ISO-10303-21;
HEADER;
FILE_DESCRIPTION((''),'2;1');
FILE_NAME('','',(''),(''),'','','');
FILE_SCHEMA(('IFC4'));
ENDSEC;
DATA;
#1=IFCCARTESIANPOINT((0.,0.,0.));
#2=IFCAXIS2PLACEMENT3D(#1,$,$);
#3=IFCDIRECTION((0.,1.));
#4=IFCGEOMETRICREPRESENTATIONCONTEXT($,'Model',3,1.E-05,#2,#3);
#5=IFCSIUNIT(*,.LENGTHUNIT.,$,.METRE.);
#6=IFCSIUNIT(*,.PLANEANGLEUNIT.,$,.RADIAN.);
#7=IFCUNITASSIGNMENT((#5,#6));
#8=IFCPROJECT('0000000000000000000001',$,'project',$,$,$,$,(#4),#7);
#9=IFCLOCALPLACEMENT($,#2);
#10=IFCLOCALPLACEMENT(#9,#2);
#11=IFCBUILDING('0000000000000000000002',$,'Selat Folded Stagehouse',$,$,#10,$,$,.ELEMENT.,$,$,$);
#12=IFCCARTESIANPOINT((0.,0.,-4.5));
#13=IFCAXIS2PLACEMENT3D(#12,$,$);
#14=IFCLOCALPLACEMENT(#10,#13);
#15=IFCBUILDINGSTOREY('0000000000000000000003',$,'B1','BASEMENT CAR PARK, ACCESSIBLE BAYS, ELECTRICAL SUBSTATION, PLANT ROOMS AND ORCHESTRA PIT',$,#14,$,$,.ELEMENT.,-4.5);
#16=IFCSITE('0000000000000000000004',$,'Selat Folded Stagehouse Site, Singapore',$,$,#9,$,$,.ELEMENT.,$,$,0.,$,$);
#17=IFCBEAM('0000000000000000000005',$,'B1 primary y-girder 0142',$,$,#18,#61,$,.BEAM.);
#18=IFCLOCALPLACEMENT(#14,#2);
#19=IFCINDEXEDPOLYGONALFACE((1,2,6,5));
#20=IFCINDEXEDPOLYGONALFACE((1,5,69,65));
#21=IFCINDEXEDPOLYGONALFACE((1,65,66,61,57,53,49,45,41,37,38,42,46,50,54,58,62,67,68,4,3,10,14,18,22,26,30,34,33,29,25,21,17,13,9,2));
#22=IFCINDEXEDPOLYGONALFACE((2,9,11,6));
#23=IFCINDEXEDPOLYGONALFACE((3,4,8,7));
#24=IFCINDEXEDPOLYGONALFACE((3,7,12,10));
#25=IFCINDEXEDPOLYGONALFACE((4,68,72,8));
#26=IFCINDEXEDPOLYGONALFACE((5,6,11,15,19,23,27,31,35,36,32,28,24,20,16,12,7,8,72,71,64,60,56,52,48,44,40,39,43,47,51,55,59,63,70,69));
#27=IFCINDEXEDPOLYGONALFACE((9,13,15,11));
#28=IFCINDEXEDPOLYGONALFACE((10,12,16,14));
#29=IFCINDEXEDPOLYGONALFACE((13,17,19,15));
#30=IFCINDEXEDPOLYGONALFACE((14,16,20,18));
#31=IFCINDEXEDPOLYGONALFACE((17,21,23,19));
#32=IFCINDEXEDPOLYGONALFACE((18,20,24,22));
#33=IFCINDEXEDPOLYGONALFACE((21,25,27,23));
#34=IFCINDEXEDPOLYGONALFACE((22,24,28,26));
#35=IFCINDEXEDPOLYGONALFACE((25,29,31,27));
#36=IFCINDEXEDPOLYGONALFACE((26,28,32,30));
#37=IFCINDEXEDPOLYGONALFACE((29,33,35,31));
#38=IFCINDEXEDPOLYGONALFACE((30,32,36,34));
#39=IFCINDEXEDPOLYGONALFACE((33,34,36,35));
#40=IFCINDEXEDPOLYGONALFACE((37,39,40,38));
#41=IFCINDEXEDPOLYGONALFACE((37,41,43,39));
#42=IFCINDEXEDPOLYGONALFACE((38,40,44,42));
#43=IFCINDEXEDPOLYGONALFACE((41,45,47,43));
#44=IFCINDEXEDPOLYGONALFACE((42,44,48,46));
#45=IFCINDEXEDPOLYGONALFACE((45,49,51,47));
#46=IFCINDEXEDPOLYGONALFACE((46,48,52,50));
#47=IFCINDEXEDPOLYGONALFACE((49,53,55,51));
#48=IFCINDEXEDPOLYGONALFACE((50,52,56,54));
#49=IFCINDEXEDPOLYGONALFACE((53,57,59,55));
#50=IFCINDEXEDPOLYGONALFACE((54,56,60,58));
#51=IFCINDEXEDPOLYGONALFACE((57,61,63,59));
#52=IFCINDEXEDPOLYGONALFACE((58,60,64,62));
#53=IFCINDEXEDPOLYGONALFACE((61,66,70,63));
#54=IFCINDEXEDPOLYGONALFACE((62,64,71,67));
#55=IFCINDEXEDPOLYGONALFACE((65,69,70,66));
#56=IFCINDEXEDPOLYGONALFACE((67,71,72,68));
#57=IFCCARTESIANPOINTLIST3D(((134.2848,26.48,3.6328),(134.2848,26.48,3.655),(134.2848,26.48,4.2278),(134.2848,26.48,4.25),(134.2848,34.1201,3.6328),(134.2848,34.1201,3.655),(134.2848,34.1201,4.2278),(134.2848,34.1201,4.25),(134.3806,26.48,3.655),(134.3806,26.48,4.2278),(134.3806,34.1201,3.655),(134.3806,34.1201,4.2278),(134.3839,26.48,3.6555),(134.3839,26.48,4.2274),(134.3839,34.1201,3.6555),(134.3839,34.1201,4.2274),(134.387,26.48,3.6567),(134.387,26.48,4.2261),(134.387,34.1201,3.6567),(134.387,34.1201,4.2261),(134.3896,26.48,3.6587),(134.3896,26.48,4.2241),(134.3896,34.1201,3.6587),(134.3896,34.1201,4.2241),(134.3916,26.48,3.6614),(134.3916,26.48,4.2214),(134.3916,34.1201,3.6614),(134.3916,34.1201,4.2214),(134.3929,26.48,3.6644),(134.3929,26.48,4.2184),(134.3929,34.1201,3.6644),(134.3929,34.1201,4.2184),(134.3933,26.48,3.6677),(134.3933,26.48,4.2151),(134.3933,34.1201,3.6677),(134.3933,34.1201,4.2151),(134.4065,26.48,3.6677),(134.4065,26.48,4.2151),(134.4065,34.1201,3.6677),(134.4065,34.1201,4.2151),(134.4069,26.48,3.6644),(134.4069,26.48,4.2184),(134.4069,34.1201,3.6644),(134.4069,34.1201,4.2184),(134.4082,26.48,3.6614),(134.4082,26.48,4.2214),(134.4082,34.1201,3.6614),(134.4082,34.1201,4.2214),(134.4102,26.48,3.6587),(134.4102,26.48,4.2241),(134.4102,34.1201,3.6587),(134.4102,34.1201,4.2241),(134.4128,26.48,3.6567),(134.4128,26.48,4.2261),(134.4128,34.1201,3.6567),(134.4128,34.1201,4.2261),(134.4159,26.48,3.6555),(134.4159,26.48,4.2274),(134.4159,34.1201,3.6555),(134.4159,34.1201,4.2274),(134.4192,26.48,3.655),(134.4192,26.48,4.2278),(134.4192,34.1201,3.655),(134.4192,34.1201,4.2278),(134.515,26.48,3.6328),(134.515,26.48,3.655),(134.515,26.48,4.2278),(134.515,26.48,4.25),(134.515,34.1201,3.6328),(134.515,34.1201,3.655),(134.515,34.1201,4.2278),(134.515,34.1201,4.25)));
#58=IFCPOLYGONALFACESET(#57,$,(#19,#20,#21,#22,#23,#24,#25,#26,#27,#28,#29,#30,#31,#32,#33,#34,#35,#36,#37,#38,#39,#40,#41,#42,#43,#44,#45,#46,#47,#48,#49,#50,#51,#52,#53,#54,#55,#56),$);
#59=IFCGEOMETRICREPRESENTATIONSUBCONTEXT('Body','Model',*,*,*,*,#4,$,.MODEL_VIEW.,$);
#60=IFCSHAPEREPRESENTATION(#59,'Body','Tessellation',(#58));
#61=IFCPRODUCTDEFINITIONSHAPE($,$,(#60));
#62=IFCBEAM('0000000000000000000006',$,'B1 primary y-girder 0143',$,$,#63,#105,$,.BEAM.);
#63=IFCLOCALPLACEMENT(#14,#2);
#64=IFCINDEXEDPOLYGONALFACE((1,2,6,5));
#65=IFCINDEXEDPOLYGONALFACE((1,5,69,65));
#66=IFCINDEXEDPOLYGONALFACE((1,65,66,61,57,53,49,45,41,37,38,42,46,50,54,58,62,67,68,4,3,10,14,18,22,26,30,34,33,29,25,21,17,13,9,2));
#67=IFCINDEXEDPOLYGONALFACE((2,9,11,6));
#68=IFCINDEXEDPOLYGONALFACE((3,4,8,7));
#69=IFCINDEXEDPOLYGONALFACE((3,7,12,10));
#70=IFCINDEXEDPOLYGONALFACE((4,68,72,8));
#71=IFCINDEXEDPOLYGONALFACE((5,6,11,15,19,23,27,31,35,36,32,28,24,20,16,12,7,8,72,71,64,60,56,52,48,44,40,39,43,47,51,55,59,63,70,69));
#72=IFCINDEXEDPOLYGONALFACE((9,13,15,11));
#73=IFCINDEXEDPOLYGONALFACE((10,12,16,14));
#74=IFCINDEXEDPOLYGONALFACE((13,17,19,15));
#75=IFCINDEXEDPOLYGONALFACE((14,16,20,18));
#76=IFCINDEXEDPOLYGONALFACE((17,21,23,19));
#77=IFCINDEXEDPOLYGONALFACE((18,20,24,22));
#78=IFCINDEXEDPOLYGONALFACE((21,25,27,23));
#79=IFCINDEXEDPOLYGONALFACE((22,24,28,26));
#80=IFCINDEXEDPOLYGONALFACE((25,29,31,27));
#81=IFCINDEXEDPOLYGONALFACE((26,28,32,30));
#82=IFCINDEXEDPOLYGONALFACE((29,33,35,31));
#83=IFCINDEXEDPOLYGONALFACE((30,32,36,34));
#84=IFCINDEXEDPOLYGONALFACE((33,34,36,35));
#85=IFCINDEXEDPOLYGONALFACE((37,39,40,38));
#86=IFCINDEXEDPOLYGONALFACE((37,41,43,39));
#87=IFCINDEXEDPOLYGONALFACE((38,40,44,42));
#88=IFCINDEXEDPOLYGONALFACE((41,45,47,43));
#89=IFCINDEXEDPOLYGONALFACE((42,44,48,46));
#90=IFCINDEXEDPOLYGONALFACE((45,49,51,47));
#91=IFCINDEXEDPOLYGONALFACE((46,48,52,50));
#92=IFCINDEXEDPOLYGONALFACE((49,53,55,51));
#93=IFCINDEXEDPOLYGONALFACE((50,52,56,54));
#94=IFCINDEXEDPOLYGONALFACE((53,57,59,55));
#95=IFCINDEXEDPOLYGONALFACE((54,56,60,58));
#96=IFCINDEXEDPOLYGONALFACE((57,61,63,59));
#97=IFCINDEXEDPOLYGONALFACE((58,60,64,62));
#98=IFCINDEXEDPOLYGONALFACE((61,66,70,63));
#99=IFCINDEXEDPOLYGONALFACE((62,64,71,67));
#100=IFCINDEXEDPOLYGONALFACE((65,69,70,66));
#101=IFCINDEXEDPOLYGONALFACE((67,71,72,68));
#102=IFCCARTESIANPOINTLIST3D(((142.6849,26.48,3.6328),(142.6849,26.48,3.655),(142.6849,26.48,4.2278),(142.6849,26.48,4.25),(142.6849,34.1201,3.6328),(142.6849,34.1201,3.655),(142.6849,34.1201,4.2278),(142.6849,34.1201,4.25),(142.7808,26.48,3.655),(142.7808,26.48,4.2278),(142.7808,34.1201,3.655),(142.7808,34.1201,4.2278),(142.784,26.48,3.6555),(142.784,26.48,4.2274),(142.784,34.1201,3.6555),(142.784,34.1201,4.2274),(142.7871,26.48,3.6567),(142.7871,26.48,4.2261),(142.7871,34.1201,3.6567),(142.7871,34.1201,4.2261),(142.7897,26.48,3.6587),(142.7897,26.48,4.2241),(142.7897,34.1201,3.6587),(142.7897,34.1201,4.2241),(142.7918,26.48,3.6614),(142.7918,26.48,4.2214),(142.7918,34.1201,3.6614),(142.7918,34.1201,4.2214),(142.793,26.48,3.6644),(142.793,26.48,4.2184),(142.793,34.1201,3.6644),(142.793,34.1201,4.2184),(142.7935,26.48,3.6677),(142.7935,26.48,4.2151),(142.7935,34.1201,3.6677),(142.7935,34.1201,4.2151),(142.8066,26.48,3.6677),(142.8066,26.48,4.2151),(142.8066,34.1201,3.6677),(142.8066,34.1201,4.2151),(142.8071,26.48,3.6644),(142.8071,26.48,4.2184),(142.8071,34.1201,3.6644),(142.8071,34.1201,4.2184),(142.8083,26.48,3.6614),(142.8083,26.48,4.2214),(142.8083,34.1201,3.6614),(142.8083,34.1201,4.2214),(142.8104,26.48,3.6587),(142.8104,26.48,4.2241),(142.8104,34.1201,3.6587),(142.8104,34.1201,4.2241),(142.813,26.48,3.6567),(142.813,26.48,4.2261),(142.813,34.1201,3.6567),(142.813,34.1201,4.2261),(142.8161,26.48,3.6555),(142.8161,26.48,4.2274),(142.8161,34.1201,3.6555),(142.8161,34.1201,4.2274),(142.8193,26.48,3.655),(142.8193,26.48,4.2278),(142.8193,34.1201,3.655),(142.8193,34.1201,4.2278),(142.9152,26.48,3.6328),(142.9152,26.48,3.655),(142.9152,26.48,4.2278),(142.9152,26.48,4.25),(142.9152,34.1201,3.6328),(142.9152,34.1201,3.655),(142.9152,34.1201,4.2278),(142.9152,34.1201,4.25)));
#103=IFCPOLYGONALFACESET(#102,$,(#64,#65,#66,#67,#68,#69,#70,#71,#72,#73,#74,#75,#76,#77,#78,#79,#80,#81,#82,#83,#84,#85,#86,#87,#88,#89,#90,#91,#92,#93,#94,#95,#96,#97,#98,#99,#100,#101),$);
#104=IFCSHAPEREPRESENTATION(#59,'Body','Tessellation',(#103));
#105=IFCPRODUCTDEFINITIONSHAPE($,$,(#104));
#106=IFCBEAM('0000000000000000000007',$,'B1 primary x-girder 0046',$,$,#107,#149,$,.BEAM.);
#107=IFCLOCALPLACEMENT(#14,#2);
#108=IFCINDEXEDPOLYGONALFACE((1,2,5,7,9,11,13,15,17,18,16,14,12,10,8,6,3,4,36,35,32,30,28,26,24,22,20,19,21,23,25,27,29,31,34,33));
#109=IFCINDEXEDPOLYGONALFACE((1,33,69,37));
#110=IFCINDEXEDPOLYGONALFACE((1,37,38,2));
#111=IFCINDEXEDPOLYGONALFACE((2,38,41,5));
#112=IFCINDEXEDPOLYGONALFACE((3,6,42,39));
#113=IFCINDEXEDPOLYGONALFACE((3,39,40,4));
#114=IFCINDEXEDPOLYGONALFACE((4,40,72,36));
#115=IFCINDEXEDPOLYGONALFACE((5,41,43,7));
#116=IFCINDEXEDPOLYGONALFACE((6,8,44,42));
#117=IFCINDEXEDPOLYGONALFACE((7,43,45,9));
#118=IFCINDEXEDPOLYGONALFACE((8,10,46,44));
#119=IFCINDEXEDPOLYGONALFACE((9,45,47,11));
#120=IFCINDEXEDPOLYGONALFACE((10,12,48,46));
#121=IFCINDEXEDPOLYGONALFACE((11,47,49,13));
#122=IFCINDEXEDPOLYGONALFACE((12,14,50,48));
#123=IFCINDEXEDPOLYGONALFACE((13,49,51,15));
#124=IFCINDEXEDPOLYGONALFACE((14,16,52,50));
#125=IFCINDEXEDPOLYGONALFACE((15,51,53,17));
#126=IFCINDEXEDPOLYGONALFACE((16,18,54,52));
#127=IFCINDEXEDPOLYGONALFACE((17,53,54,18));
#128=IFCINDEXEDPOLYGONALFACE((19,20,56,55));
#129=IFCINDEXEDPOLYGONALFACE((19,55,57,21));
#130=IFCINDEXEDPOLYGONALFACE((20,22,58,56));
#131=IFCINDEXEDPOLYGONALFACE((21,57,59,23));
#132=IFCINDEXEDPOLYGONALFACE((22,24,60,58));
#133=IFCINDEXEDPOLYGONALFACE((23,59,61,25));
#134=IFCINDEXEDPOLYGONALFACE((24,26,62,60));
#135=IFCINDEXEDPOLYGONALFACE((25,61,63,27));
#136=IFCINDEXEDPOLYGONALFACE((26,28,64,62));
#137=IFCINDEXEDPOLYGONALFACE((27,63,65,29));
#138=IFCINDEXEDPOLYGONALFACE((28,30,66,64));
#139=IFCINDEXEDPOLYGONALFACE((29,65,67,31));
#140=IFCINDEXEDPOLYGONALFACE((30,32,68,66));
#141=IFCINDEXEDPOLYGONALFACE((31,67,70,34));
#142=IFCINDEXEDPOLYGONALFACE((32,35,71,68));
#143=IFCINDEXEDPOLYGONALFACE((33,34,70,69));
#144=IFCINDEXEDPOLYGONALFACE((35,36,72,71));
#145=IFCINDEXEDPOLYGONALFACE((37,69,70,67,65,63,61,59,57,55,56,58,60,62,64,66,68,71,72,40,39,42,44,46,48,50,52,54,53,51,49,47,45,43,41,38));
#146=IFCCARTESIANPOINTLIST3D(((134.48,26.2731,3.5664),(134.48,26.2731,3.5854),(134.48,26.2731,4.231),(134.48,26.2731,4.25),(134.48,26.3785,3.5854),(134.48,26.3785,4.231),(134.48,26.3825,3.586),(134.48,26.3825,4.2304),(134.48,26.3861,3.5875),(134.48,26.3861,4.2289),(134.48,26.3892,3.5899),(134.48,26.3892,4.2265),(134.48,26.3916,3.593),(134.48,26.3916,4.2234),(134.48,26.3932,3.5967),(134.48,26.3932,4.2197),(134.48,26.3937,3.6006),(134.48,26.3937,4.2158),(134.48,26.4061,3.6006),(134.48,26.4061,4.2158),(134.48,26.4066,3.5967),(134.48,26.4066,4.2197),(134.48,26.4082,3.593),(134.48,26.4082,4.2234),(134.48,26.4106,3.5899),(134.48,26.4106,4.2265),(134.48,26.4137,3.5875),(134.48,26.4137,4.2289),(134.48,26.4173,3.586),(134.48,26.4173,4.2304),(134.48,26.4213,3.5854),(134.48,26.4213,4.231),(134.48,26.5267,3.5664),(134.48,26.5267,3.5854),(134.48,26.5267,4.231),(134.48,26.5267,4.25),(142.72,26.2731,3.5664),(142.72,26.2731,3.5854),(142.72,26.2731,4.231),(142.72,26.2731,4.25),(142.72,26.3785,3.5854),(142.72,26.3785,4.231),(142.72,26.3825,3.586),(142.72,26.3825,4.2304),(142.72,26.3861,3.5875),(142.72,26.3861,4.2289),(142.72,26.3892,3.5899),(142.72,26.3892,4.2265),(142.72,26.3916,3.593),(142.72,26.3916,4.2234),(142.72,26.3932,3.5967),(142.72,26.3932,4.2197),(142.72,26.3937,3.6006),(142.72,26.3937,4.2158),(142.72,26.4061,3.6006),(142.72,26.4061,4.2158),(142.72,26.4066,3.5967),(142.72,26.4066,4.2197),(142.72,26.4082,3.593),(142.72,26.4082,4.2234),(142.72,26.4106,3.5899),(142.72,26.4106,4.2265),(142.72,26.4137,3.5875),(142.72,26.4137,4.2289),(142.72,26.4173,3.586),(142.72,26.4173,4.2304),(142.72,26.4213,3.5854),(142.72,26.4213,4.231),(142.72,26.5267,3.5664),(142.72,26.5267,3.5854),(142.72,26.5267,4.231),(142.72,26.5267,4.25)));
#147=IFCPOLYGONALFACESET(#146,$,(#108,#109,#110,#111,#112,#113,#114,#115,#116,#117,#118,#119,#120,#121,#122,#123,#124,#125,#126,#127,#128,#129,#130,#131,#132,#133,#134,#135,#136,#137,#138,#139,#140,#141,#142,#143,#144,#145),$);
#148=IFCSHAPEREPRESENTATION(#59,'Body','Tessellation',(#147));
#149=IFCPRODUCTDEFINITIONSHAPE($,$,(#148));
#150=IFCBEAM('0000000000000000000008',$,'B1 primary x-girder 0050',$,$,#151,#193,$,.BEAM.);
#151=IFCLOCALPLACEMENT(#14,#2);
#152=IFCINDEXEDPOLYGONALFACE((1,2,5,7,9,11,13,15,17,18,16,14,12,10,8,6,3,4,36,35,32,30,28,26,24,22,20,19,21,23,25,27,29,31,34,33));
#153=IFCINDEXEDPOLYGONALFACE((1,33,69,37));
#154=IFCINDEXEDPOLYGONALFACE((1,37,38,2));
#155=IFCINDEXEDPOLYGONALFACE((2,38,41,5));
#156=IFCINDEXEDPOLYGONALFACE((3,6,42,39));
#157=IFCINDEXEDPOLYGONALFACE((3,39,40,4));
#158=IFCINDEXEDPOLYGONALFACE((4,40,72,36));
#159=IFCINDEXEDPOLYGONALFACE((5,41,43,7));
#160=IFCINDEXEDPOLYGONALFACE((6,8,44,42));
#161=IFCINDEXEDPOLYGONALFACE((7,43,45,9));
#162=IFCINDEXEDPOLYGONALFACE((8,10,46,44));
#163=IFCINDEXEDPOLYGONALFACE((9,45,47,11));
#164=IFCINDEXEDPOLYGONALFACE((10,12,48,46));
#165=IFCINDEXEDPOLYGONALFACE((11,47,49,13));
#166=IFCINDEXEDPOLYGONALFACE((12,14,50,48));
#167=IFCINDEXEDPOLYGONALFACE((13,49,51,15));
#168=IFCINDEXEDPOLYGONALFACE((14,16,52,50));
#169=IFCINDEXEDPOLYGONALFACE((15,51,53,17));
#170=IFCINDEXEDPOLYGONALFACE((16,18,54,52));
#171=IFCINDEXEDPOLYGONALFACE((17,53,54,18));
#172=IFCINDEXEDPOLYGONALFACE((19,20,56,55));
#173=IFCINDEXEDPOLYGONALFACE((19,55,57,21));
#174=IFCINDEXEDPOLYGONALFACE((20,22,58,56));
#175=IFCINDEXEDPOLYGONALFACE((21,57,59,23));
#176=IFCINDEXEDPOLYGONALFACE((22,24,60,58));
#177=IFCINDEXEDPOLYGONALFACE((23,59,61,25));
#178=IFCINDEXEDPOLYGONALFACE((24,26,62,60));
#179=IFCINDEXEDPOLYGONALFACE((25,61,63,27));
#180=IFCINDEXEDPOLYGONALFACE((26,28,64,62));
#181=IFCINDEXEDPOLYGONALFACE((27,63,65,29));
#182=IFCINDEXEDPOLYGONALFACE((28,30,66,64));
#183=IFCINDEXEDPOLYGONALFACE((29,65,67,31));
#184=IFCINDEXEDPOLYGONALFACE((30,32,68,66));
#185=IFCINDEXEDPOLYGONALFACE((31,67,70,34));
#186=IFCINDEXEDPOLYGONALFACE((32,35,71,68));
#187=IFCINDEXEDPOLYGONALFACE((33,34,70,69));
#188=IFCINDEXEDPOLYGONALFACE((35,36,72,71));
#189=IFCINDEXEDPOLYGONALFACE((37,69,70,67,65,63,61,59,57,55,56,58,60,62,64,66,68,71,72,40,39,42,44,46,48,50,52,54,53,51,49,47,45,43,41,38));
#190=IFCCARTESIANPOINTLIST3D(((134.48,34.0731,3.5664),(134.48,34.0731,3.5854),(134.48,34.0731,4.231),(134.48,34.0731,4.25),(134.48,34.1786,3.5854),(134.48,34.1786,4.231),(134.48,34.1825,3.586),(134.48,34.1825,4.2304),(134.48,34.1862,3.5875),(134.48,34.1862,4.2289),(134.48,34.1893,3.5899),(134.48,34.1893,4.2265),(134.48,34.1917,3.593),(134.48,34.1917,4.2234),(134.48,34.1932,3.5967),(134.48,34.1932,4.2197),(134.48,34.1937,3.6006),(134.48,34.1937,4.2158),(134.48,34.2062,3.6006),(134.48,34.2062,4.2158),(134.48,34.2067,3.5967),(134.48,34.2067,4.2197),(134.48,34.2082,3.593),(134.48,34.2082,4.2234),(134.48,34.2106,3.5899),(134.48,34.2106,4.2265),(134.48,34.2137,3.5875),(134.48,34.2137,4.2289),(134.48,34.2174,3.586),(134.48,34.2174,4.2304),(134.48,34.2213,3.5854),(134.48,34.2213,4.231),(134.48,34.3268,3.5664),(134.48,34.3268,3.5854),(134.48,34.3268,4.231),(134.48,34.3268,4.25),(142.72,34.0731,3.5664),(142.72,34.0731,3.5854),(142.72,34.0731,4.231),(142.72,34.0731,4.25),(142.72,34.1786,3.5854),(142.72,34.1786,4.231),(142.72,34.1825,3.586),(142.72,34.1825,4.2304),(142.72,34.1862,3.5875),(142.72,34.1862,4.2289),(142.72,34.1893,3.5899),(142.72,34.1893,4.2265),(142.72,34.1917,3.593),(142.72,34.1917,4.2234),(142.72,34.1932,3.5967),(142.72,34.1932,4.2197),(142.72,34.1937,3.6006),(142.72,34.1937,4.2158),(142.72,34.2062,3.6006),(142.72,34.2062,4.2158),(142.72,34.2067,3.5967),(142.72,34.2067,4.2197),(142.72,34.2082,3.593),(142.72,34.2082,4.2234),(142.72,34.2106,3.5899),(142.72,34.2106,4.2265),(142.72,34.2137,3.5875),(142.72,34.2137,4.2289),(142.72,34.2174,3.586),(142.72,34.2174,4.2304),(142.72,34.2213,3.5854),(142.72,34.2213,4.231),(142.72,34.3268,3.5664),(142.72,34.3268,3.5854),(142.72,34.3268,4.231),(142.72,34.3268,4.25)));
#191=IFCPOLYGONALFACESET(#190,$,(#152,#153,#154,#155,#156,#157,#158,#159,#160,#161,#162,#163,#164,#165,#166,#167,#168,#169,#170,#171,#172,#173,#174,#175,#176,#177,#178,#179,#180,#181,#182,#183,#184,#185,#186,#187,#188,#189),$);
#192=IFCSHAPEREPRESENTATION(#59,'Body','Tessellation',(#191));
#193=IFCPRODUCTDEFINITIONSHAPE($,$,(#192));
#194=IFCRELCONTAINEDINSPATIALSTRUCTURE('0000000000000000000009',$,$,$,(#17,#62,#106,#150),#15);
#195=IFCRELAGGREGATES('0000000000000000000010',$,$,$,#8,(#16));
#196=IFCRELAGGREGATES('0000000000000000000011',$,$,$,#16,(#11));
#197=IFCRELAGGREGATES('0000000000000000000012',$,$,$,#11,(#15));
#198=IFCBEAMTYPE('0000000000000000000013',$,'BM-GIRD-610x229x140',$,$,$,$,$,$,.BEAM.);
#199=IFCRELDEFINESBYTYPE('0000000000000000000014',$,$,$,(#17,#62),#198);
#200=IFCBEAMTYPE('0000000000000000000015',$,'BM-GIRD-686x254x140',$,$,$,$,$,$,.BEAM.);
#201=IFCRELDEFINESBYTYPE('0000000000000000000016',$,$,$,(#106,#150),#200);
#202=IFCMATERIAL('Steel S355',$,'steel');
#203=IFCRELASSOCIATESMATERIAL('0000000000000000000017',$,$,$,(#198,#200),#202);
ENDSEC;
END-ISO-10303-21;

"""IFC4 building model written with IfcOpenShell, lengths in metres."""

from ifc_helpers import new_model, si_unit, direction, frame, origin, origin_2d, place, context, subcontext, project, spatial, i_section, extrude, material, material_profile, profile_set, type_object, element, save


model = new_model("IFC4")

# Units and contexts
model_context = context("Model", 3, precision=1e-05, world=origin(), true_north=direction((0.0, 1.0)))
body_context = subcontext(model_context, "Body", "Model", "MODEL_VIEW")
ifc_project = project(units=[si_unit("LENGTHUNIT", "METRE"), si_unit("PLANEANGLEUNIT", "RADIAN")], contexts=[model_context])

# Site, building, storey
site_placement = place(None, origin())
site = spatial("IfcSite", under=ifc_project, at=site_placement, Name="Selat Folded Stagehouse Site, Singapore", CompositionType="ELEMENT", RefElevation=0.0)
building_placement = place(site_placement, origin())
building = spatial("IfcBuilding", under=site, at=building_placement, Name="Selat Folded Stagehouse", CompositionType="ELEMENT")
storey_placement = place(building_placement, frame((0.0, 0.0, -4.5)))
storey = spatial("IfcBuildingStorey", under=building, at=storey_placement, Name="B1", Description="BASEMENT CAR PARK, ACCESSIBLE BAYS, ELECTRICAL SUBSTATION, PLANT ROOMS AND ORCHESTRA PIT", CompositionType="ELEMENT", Elevation=-4.5)

# Shared definitions
ifc_material_1 = material(Name="Steel S355", Category="steel")

# Beams
ifc_material_profile_1 = material_profile(ifc_material_1, i_section(OverallWidth=0.2302, OverallDepth=0.6172, WebThickness=0.0132, FlangeThickness=0.0222, FilletRadius=0.0127, at=origin_2d()), Name="UKB 610x229x140")
ifc_profile_set_1 = profile_set([ifc_material_profile_1], Name="Steel S355")
beam_type_1 = type_object("IfcBeamType", Name="BM-GIRD-610x229x140", PredefinedType="BEAM", material=ifc_profile_set_1)
for number, where, z_axis, x_axis, name in (
    (1, (134.3999, 26.48, 3.9414), (0.0, 1.0, 0.0), (-1.0, 0.0, 0.0), "B1 primary y-girder 0142"),
    (2, (142.8, 26.48, 3.9414), (0.0, 1.0, 0.0), (-1.0, 0.0, 0.0), "B1 primary y-girder 0143"),
):
    element("IfcBeam", number, at=place(storey_placement, frame(where, z_axis=z_axis, x_axis=x_axis)), inside=storey, type_object=beam_type_1, Name=name, PredefinedType="BEAM", context=body_context, shape_type="SweptSolid", body=[
        extrude(i_section(OverallWidth=0.2302, OverallDepth=0.6172, WebThickness=0.0132, FlangeThickness=0.0222, FilletRadius=0.0127, at=origin_2d()), origin(), (0.0, 0.0, 1.0), 7.6401),
    ])
ifc_material_profile_2 = material_profile(ifc_material_1, i_section(OverallWidth=0.2537, OverallDepth=0.6836, WebThickness=0.0125, FlangeThickness=0.019, FilletRadius=0.0151, at=origin_2d()), Name="UKB 686x254x140")
ifc_profile_set_2 = profile_set([ifc_material_profile_2], Name="Steel S355")
beam_type_2 = type_object("IfcBeamType", Name="BM-GIRD-686x254x140", PredefinedType="BEAM", material=ifc_profile_set_2)
for number, where, z_axis, x_axis, name in (
    (3, (134.48, 26.3999, 3.9082), (1.0, 0.0, 0.0), (0.0, 1.0, 0.0), "B1 primary x-girder 0046"),
    (4, (134.48, 34.2, 3.9082), (1.0, 0.0, 0.0), (0.0, 1.0, 0.0), "B1 primary x-girder 0050"),
):
    element("IfcBeam", number, at=place(storey_placement, frame(where, z_axis=z_axis, x_axis=x_axis)), inside=storey, type_object=beam_type_2, Name=name, PredefinedType="BEAM", context=body_context, shape_type="SweptSolid", body=[
        extrude(i_section(OverallWidth=0.2537, OverallDepth=0.6836, WebThickness=0.0125, FlangeThickness=0.019, FilletRadius=0.0151, at=origin_2d()), origin(), (0.0, 0.0, 1.0), 8.24),
    ])

save(model, "model.ifc")
